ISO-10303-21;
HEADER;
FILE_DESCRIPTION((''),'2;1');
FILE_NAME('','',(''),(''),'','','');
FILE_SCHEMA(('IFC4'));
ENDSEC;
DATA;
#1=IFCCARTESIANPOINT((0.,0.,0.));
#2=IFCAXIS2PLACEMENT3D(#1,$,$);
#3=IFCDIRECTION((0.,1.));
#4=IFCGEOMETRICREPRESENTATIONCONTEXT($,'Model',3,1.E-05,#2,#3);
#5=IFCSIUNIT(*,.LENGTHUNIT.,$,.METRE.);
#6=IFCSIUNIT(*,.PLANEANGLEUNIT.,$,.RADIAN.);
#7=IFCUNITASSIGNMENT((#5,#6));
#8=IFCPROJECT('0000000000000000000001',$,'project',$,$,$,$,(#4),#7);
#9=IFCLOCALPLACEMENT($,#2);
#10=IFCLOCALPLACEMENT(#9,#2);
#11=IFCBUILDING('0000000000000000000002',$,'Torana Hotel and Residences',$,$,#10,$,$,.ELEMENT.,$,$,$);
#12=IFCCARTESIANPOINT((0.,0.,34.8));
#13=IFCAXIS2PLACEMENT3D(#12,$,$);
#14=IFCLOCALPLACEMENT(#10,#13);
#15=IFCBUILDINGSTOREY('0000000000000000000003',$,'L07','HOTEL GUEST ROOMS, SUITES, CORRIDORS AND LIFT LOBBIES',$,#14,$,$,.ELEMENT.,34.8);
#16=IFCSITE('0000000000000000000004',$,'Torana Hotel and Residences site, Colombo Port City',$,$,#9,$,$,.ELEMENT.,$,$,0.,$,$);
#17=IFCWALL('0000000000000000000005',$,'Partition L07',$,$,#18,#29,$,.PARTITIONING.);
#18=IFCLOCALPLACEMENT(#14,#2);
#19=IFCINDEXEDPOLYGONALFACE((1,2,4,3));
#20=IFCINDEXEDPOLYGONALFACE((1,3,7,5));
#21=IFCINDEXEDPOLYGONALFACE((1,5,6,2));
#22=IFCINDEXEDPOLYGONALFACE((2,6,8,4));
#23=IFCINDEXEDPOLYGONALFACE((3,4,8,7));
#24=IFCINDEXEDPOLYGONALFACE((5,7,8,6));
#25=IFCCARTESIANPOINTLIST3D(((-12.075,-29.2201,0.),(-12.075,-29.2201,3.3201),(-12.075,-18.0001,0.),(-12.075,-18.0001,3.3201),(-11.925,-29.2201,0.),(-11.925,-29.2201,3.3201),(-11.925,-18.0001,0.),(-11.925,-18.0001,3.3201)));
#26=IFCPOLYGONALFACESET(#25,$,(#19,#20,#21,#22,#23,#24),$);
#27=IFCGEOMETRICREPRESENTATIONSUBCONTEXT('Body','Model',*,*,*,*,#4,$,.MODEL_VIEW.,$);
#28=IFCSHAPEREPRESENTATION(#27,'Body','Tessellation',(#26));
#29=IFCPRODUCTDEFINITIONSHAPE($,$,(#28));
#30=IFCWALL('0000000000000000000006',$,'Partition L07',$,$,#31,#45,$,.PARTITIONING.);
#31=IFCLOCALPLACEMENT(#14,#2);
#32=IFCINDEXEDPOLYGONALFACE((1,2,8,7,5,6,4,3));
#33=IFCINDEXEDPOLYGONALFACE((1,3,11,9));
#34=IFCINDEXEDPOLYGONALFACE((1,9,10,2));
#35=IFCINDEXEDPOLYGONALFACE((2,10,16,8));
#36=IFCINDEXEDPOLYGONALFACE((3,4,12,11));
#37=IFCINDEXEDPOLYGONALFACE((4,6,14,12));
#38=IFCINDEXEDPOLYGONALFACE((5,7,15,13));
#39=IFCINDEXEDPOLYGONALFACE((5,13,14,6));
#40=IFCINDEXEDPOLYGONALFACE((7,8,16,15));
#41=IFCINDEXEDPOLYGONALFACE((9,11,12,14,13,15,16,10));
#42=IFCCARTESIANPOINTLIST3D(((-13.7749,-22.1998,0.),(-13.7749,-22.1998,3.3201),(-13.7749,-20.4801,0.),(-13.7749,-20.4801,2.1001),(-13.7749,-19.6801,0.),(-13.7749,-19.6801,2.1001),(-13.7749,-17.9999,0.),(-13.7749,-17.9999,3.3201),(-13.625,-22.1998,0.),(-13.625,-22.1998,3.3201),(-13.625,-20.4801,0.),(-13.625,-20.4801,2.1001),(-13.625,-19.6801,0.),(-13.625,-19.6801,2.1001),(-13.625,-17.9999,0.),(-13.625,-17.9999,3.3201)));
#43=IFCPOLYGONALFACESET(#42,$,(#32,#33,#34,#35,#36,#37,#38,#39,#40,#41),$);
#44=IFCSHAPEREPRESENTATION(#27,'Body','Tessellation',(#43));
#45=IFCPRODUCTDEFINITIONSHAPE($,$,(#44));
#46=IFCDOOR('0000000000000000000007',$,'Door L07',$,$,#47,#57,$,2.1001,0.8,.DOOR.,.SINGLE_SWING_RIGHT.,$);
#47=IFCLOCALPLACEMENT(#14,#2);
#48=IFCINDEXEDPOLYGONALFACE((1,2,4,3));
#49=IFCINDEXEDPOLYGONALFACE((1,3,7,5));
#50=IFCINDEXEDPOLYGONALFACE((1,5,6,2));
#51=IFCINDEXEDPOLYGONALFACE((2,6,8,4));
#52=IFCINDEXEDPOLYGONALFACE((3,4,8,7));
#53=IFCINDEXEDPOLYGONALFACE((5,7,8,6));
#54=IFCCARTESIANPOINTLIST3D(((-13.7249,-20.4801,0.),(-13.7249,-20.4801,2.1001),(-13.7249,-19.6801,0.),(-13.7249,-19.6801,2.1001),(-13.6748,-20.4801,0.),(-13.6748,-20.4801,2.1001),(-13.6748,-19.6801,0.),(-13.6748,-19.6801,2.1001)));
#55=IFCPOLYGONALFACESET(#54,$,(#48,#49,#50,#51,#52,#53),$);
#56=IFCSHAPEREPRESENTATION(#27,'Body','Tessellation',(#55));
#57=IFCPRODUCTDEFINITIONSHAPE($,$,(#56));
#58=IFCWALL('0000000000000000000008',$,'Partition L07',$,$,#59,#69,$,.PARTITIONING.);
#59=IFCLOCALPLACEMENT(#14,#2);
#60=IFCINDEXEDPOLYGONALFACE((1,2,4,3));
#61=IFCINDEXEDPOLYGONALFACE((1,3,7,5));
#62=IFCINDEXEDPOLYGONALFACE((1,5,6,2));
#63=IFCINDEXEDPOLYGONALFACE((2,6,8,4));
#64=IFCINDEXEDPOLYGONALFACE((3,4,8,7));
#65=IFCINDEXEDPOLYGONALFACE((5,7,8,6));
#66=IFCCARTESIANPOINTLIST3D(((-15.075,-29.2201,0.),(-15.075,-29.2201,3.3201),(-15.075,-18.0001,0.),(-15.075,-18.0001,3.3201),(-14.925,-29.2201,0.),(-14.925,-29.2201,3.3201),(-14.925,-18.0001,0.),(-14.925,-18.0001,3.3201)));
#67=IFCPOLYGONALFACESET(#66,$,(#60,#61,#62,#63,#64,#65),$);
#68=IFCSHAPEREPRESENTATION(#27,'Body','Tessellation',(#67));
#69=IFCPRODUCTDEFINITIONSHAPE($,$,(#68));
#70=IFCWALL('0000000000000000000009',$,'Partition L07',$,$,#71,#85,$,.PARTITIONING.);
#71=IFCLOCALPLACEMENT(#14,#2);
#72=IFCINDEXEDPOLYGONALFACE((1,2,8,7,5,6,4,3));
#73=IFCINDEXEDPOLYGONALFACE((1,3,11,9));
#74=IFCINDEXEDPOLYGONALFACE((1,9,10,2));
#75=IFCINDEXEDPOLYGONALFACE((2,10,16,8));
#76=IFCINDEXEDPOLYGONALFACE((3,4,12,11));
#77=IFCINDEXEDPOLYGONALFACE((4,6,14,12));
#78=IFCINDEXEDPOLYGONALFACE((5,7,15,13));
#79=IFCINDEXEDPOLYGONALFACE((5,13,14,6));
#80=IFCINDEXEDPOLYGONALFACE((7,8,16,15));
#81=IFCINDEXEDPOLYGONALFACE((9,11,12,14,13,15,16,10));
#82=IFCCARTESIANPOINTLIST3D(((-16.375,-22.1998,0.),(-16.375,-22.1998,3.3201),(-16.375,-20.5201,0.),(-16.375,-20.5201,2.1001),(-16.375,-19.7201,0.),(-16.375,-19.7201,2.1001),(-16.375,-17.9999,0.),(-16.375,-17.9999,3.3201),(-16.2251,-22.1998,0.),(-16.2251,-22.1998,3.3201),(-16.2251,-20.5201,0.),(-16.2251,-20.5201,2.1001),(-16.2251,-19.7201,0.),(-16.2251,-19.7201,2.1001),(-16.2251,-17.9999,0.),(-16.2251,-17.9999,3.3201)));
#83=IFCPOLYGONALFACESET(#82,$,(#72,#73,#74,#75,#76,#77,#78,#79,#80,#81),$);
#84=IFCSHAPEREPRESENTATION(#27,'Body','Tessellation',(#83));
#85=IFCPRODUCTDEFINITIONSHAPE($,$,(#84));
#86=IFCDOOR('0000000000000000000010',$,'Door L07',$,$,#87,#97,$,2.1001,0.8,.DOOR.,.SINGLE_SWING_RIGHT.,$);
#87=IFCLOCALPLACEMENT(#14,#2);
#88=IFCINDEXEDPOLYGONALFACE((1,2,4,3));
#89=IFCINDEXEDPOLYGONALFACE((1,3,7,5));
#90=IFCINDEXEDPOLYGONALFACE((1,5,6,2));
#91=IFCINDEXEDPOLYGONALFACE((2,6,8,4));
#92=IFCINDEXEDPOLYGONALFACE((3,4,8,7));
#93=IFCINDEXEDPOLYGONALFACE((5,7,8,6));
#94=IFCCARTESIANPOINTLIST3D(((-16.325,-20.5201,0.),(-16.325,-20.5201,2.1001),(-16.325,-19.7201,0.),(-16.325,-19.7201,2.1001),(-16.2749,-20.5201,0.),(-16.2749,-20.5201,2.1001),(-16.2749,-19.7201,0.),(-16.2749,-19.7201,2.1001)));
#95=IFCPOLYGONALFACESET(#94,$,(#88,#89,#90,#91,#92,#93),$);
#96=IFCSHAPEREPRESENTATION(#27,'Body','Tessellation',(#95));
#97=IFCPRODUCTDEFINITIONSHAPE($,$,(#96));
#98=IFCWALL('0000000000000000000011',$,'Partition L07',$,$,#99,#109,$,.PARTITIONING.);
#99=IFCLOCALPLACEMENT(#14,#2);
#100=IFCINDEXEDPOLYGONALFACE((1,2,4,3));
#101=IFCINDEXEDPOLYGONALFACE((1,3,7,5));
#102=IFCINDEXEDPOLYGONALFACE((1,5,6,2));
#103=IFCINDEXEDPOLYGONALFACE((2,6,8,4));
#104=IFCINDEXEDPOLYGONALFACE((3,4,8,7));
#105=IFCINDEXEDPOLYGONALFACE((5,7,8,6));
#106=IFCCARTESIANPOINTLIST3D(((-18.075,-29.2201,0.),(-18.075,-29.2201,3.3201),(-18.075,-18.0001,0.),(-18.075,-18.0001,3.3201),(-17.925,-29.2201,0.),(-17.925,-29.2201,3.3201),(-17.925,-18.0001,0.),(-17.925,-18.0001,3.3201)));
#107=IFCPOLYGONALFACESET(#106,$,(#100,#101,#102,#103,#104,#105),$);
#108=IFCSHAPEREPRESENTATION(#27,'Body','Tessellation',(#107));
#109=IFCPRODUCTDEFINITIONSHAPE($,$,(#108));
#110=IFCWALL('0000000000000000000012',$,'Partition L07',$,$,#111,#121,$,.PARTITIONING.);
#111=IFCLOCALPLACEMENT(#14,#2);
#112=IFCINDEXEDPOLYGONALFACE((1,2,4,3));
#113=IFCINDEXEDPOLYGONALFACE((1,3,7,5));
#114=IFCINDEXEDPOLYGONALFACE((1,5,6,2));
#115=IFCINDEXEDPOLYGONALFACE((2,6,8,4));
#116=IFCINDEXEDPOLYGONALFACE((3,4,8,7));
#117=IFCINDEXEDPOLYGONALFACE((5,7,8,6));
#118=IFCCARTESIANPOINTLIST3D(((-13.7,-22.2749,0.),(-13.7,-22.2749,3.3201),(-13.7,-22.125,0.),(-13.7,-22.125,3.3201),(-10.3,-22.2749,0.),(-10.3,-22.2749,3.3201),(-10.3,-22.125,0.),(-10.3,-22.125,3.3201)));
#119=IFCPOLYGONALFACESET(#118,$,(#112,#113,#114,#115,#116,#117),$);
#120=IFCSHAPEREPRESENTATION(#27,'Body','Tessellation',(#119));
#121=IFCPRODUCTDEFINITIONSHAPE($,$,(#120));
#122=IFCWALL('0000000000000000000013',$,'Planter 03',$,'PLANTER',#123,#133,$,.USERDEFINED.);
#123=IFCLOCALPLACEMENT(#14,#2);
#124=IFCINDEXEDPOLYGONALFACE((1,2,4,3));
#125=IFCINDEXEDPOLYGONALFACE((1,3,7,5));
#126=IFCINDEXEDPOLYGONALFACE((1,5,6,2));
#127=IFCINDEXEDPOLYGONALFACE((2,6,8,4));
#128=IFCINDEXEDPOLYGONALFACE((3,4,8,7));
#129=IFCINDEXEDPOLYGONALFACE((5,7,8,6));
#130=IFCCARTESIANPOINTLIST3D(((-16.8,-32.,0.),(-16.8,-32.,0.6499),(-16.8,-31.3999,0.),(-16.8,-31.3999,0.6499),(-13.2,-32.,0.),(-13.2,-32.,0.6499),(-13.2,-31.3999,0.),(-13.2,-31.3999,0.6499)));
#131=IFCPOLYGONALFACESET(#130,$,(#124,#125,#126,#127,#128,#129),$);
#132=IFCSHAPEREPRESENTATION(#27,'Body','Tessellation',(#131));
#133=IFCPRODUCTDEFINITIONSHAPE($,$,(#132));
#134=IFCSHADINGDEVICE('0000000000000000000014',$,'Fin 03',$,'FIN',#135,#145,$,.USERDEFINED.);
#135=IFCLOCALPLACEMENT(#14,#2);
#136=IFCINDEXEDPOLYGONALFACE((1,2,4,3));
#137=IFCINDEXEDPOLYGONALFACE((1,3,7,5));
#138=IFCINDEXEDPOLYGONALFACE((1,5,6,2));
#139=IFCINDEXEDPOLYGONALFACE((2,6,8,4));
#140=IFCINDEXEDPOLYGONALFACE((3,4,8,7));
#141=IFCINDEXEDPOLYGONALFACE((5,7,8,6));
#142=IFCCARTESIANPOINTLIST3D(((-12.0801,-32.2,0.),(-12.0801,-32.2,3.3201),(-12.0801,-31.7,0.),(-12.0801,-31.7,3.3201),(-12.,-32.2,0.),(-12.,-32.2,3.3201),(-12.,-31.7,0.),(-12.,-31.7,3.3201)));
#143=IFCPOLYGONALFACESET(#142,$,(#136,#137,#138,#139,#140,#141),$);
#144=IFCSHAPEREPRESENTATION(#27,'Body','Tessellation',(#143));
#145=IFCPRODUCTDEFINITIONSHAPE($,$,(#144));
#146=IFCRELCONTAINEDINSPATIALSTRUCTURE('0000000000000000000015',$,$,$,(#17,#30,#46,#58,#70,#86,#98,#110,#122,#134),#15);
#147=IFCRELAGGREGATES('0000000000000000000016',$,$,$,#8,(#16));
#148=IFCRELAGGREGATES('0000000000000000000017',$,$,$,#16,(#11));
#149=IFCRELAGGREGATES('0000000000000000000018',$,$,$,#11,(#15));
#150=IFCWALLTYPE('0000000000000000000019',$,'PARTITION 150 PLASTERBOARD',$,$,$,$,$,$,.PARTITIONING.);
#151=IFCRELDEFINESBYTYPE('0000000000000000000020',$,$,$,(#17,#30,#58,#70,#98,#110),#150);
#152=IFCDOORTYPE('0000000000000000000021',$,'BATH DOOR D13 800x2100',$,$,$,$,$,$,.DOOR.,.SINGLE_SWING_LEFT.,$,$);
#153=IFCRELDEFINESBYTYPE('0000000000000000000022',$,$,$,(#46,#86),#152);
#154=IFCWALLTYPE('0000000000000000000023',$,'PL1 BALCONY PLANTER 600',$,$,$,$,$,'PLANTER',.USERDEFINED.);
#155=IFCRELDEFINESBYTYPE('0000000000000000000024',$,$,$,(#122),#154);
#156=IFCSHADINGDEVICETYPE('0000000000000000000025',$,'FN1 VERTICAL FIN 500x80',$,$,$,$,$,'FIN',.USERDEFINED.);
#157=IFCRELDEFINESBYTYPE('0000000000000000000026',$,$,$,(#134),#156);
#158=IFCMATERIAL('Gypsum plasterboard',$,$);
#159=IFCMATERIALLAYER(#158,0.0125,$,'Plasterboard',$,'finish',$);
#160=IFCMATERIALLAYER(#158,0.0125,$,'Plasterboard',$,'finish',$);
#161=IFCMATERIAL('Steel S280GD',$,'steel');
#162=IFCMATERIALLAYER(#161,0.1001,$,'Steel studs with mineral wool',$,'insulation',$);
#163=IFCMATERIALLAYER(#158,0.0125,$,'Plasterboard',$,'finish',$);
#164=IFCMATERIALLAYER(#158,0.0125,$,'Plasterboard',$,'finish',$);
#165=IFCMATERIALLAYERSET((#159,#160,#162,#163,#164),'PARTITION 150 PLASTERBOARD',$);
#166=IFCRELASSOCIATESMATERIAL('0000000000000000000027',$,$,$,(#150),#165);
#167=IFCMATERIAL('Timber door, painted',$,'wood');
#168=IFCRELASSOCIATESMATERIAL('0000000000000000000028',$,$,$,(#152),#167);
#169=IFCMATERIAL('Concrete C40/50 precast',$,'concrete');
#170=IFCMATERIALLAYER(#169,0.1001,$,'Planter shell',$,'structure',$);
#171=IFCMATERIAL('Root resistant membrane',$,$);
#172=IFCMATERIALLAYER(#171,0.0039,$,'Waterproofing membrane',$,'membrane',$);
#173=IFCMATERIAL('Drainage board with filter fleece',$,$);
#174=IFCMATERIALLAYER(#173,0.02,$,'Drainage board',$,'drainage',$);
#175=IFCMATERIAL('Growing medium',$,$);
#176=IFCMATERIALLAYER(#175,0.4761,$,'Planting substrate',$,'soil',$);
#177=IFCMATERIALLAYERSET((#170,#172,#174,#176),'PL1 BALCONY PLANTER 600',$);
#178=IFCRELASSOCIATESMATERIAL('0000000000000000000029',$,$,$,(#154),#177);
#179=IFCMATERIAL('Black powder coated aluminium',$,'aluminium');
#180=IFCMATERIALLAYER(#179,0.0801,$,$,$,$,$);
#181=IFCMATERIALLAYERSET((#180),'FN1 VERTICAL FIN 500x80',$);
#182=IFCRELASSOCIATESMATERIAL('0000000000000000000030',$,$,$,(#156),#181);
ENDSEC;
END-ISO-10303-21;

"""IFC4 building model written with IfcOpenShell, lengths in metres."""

from ifc_helpers import new_model, si_unit, direction, frame, frame_2d, origin, origin_2d, place, context, subcontext, project, spatial, rectangle, extrude, material, layer, layer_set, type_object, element, fill, save


model = new_model("IFC4")

# Units and contexts
model_context = context("Model", 3, precision=1e-05, world=origin(), true_north=direction((0.0, 1.0)))
body_context = subcontext(model_context, "Body", "Model", "MODEL_VIEW")
ifc_project = project(units=[si_unit("LENGTHUNIT", "METRE"), si_unit("PLANEANGLEUNIT", "RADIAN")], contexts=[model_context])

# Site, building, storey
site_placement = place(None, origin())
site = spatial("IfcSite", under=ifc_project, at=site_placement, Name="Torana Hotel and Residences site, Colombo Port City", CompositionType="ELEMENT", RefElevation=0.0)
building_placement = place(site_placement, origin())
building = spatial("IfcBuilding", under=site, at=building_placement, Name="Torana Hotel and Residences", CompositionType="ELEMENT")
storey_placement = place(building_placement, frame((0.0, 0.0, 34.8)))
storey = spatial("IfcBuildingStorey", under=building, at=storey_placement, Name="L07", Description="HOTEL GUEST ROOMS, SUITES, CORRIDORS AND LIFT LOBBIES", CompositionType="ELEMENT", Elevation=34.8)

# Shared definitions
ifc_material_1 = material(Name="Gypsum plasterboard")
ifc_layer_1 = layer(ifc_material_1, 0.0125, Name="Plasterboard", Category="finish")
ifc_layer_2 = layer(ifc_material_1, 0.0125, Name="Plasterboard", Category="finish")
ifc_material_2 = material(Name="Steel S280GD", Category="steel")
ifc_layer_3 = layer(ifc_material_2, 0.1001, Name="Steel studs with mineral wool", Category="insulation")
ifc_layer_4 = layer(ifc_material_1, 0.0125, Name="Plasterboard", Category="finish")
ifc_layer_5 = layer(ifc_material_1, 0.0125, Name="Plasterboard", Category="finish")
ifc_layer_set_1 = layer_set([ifc_layer_1, ifc_layer_2, ifc_layer_3, ifc_layer_4, ifc_layer_5], Name="PARTITION 150 PLASTERBOARD")
wall_type_1 = type_object("IfcWallType", Name="PARTITION 150 PLASTERBOARD", PredefinedType="PARTITIONING", material=ifc_layer_set_1)
ifc_material_3 = material(Name="Timber door, painted", Category="wood")
door_type_1 = type_object("IfcDoorType", Name="BATH DOOR D13 800x2100", OperationType="SINGLE_SWING_LEFT", PredefinedType="DOOR", material=ifc_material_3)

# Wall
wall_1_placement = place(storey_placement, frame((-12.0, -29.22, 0.0), z_axis=(0.0, 0.0, 1.0), x_axis=(0.0, 1.0, 0.0)))
element("IfcWall", 1, at=wall_1_placement, inside=storey, type_object=wall_type_1, Name="Partition L07", PredefinedType="PARTITIONING", context=body_context, shape_type="SweptSolid", body=[
    extrude(rectangle(XDim=11.22, YDim=0.1499, at=frame_2d((5.6099, 0.0))), origin(), (0.0, 0.0, 1.0), 3.3201),
])

# Wall, opening, door
wall_2_placement = place(storey_placement, frame((-13.7, -22.2, 0.0), z_axis=(0.0, 0.0, 1.0), x_axis=(0.0, 1.0, 0.0)))
wall_2 = element("IfcWall", 2, at=wall_2_placement, inside=storey, type_object=wall_type_1, Name="Partition L07", PredefinedType="PARTITIONING", context=body_context, shape_type="SweptSolid", body=[
    extrude(rectangle(XDim=4.2, YDim=0.1499, at=frame_2d((2.1001, 0.0))), origin(), (0.0, 0.0, 1.0), 3.3201),
])
opening_1_placement = place(wall_2_placement, frame((1.72, 0.0, 0.0)))
opening_1 = element("IfcOpeningElement", 3, at=opening_1_placement, cuts=wall_2, PredefinedType="OPENING", context=body_context, shape_type="SweptSolid", body=[
    extrude(rectangle(XDim=0.8, YDim=2.1001, at=frame_2d((0.3999, 1.05))), frame((0.0, 0.085, 0.0), z_axis=(0.0, -1.0, 0.0), x_axis=(1.0, 0.0, 0.0)), (0.0, 0.0, 1.0), 0.1699),
])
door_1_placement = place(opening_1_placement, origin())
door_1 = element("IfcDoor", 4, at=door_1_placement, inside=storey, type_object=door_type_1, Name="Door L07", OperationType="SINGLE_SWING_RIGHT", OverallHeight=2.1001, OverallWidth=0.8, PredefinedType="DOOR", context=body_context, shape_type="SweptSolid", body=[
    extrude(rectangle(XDim=0.8, YDim=2.1001, at=frame_2d((0.3999, 1.05))), frame((0.0, 0.0249, 0.0), z_axis=(0.0, -1.0, 0.0), x_axis=(1.0, 0.0, 0.0)), (0.0, 0.0, 1.0), 0.05),
])
fill(opening_1, door_1)

# Wall
wall_3_placement = place(storey_placement, frame((-15.0, -29.22, 0.0), z_axis=(0.0, 0.0, 1.0), x_axis=(0.0, 1.0, 0.0)))
element("IfcWall", 5, at=wall_3_placement, inside=storey, type_object=wall_type_1, Name="Partition L07", PredefinedType="PARTITIONING", context=body_context, shape_type="SweptSolid", body=[
    extrude(rectangle(XDim=11.22, YDim=0.1499, at=frame_2d((5.6099, 0.0))), origin(), (0.0, 0.0, 1.0), 3.3201),
])

# Wall, opening, door
wall_4_placement = place(storey_placement, frame((-16.3, -22.2, 0.0), z_axis=(0.0, 0.0, 1.0), x_axis=(0.0, 1.0, 0.0)))
wall_4 = element("IfcWall", 6, at=wall_4_placement, inside=storey, type_object=wall_type_1, Name="Partition L07", PredefinedType="PARTITIONING", context=body_context, shape_type="SweptSolid", body=[
    extrude(rectangle(XDim=4.2, YDim=0.1499, at=frame_2d((2.1001, 0.0))), origin(), (0.0, 0.0, 1.0), 3.3201),
])
opening_2_placement = place(wall_4_placement, frame((1.6799, 0.0, 0.0)))
opening_2 = element("IfcOpeningElement", 7, at=opening_2_placement, cuts=wall_4, PredefinedType="OPENING", context=body_context, shape_type="SweptSolid", body=[
    extrude(rectangle(XDim=0.8, YDim=2.1001, at=frame_2d((0.3999, 1.05))), frame((0.0, 0.085, 0.0), z_axis=(0.0, -1.0, 0.0), x_axis=(1.0, 0.0, 0.0)), (0.0, 0.0, 1.0), 0.1699),
])
door_2_placement = place(opening_2_placement, origin())
door_2 = element("IfcDoor", 8, at=door_2_placement, inside=storey, type_object=door_type_1, Name="Door L07", OperationType="SINGLE_SWING_RIGHT", OverallHeight=2.1001, OverallWidth=0.8, PredefinedType="DOOR", context=body_context, shape_type="SweptSolid", body=[
    extrude(rectangle(XDim=0.8, YDim=2.1001, at=frame_2d((0.3999, 1.05))), frame((0.0, 0.0249, 0.0), z_axis=(0.0, -1.0, 0.0), x_axis=(1.0, 0.0, 0.0)), (0.0, 0.0, 1.0), 0.05),
])
fill(opening_2, door_2)

# Walls
wall_5_placement = place(storey_placement, frame((-18.0, -29.22, 0.0), z_axis=(0.0, 0.0, 1.0), x_axis=(0.0, 1.0, 0.0)))
element("IfcWall", 9, at=wall_5_placement, inside=storey, type_object=wall_type_1, Name="Partition L07", PredefinedType="PARTITIONING", context=body_context, shape_type="SweptSolid", body=[
    extrude(rectangle(XDim=11.22, YDim=0.1499, at=frame_2d((5.6099, 0.0))), origin(), (0.0, 0.0, 1.0), 3.3201),
])
wall_6_placement = place(storey_placement, frame((-13.7, -22.2, 0.0), z_axis=(0.0, 0.0, 1.0), x_axis=(1.0, 0.0, 0.0)))
element("IfcWall", 10, at=wall_6_placement, inside=storey, type_object=wall_type_1, Name="Partition L07", PredefinedType="PARTITIONING", context=body_context, shape_type="SweptSolid", body=[
    extrude(rectangle(XDim=3.3999, YDim=0.1499, at=frame_2d((1.7, 0.0))), origin(), (0.0, 0.0, 1.0), 3.3201),
])
ifc_material_4 = material(Name="Concrete C40/50 precast", Category="concrete")
ifc_layer_6 = layer(ifc_material_4, 0.1001, Name="Planter shell", Category="structure")
ifc_material_5 = material(Name="Root resistant membrane")
ifc_layer_7 = layer(ifc_material_5, 0.0039, Name="Waterproofing membrane", Category="membrane")
ifc_material_6 = material(Name="Drainage board with filter fleece")
ifc_layer_8 = layer(ifc_material_6, 0.02, Name="Drainage board", Category="drainage")
ifc_material_7 = material(Name="Growing medium")
ifc_layer_9 = layer(ifc_material_7, 0.4761, Name="Planting substrate", Category="soil")
ifc_layer_set_2 = layer_set([ifc_layer_6, ifc_layer_7, ifc_layer_8, ifc_layer_9], Name="PL1 BALCONY PLANTER 600")
wall_type_2 = type_object("IfcWallType", Name="PL1 BALCONY PLANTER 600", ElementType="PLANTER", PredefinedType="USERDEFINED", material=ifc_layer_set_2)
wall_7_placement = place(storey_placement, frame((-13.2, -31.7, 0.0), z_axis=(0.0, 0.0, 1.0), x_axis=(-1.0, 0.0, 0.0)))
element("IfcWall", 11, at=wall_7_placement, inside=storey, type_object=wall_type_2, Name="Planter 03", ObjectType="PLANTER", PredefinedType="USERDEFINED", context=body_context, shape_type="SweptSolid", body=[
    extrude(rectangle(XDim=3.6001, YDim=0.6001, at=frame_2d((1.8, 0.0))), origin(), (0.0, 0.0, 1.0), 0.6499),
])

# Shading device
ifc_material_8 = material(Name="Black powder coated aluminium", Category="aluminium")
ifc_layer_10 = layer(ifc_material_8, 0.0801)
ifc_layer_set_3 = layer_set([ifc_layer_10], Name="FN1 VERTICAL FIN 500x80")
shading_device_type = type_object("IfcShadingDeviceType", Name="FN1 VERTICAL FIN 500x80", ElementType="FIN", PredefinedType="USERDEFINED", material=ifc_layer_set_3)
shading_device_placement = place(storey_placement, frame((-12.04, -31.95, 0.0), z_axis=(0.0, 0.0, 1.0), x_axis=(-1.0, 0.0, 0.0)))
element("IfcShadingDevice", 12, at=shading_device_placement, inside=storey, type_object=shading_device_type, Name="Fin 03", ObjectType="FIN", PredefinedType="USERDEFINED", context=body_context, shape_type="SweptSolid", body=[
    extrude(rectangle(XDim=0.0801, YDim=0.5, at=origin_2d()), origin(), (0.0, 0.0, 1.0), 3.3201),
])

save(model, "model.ifc")
